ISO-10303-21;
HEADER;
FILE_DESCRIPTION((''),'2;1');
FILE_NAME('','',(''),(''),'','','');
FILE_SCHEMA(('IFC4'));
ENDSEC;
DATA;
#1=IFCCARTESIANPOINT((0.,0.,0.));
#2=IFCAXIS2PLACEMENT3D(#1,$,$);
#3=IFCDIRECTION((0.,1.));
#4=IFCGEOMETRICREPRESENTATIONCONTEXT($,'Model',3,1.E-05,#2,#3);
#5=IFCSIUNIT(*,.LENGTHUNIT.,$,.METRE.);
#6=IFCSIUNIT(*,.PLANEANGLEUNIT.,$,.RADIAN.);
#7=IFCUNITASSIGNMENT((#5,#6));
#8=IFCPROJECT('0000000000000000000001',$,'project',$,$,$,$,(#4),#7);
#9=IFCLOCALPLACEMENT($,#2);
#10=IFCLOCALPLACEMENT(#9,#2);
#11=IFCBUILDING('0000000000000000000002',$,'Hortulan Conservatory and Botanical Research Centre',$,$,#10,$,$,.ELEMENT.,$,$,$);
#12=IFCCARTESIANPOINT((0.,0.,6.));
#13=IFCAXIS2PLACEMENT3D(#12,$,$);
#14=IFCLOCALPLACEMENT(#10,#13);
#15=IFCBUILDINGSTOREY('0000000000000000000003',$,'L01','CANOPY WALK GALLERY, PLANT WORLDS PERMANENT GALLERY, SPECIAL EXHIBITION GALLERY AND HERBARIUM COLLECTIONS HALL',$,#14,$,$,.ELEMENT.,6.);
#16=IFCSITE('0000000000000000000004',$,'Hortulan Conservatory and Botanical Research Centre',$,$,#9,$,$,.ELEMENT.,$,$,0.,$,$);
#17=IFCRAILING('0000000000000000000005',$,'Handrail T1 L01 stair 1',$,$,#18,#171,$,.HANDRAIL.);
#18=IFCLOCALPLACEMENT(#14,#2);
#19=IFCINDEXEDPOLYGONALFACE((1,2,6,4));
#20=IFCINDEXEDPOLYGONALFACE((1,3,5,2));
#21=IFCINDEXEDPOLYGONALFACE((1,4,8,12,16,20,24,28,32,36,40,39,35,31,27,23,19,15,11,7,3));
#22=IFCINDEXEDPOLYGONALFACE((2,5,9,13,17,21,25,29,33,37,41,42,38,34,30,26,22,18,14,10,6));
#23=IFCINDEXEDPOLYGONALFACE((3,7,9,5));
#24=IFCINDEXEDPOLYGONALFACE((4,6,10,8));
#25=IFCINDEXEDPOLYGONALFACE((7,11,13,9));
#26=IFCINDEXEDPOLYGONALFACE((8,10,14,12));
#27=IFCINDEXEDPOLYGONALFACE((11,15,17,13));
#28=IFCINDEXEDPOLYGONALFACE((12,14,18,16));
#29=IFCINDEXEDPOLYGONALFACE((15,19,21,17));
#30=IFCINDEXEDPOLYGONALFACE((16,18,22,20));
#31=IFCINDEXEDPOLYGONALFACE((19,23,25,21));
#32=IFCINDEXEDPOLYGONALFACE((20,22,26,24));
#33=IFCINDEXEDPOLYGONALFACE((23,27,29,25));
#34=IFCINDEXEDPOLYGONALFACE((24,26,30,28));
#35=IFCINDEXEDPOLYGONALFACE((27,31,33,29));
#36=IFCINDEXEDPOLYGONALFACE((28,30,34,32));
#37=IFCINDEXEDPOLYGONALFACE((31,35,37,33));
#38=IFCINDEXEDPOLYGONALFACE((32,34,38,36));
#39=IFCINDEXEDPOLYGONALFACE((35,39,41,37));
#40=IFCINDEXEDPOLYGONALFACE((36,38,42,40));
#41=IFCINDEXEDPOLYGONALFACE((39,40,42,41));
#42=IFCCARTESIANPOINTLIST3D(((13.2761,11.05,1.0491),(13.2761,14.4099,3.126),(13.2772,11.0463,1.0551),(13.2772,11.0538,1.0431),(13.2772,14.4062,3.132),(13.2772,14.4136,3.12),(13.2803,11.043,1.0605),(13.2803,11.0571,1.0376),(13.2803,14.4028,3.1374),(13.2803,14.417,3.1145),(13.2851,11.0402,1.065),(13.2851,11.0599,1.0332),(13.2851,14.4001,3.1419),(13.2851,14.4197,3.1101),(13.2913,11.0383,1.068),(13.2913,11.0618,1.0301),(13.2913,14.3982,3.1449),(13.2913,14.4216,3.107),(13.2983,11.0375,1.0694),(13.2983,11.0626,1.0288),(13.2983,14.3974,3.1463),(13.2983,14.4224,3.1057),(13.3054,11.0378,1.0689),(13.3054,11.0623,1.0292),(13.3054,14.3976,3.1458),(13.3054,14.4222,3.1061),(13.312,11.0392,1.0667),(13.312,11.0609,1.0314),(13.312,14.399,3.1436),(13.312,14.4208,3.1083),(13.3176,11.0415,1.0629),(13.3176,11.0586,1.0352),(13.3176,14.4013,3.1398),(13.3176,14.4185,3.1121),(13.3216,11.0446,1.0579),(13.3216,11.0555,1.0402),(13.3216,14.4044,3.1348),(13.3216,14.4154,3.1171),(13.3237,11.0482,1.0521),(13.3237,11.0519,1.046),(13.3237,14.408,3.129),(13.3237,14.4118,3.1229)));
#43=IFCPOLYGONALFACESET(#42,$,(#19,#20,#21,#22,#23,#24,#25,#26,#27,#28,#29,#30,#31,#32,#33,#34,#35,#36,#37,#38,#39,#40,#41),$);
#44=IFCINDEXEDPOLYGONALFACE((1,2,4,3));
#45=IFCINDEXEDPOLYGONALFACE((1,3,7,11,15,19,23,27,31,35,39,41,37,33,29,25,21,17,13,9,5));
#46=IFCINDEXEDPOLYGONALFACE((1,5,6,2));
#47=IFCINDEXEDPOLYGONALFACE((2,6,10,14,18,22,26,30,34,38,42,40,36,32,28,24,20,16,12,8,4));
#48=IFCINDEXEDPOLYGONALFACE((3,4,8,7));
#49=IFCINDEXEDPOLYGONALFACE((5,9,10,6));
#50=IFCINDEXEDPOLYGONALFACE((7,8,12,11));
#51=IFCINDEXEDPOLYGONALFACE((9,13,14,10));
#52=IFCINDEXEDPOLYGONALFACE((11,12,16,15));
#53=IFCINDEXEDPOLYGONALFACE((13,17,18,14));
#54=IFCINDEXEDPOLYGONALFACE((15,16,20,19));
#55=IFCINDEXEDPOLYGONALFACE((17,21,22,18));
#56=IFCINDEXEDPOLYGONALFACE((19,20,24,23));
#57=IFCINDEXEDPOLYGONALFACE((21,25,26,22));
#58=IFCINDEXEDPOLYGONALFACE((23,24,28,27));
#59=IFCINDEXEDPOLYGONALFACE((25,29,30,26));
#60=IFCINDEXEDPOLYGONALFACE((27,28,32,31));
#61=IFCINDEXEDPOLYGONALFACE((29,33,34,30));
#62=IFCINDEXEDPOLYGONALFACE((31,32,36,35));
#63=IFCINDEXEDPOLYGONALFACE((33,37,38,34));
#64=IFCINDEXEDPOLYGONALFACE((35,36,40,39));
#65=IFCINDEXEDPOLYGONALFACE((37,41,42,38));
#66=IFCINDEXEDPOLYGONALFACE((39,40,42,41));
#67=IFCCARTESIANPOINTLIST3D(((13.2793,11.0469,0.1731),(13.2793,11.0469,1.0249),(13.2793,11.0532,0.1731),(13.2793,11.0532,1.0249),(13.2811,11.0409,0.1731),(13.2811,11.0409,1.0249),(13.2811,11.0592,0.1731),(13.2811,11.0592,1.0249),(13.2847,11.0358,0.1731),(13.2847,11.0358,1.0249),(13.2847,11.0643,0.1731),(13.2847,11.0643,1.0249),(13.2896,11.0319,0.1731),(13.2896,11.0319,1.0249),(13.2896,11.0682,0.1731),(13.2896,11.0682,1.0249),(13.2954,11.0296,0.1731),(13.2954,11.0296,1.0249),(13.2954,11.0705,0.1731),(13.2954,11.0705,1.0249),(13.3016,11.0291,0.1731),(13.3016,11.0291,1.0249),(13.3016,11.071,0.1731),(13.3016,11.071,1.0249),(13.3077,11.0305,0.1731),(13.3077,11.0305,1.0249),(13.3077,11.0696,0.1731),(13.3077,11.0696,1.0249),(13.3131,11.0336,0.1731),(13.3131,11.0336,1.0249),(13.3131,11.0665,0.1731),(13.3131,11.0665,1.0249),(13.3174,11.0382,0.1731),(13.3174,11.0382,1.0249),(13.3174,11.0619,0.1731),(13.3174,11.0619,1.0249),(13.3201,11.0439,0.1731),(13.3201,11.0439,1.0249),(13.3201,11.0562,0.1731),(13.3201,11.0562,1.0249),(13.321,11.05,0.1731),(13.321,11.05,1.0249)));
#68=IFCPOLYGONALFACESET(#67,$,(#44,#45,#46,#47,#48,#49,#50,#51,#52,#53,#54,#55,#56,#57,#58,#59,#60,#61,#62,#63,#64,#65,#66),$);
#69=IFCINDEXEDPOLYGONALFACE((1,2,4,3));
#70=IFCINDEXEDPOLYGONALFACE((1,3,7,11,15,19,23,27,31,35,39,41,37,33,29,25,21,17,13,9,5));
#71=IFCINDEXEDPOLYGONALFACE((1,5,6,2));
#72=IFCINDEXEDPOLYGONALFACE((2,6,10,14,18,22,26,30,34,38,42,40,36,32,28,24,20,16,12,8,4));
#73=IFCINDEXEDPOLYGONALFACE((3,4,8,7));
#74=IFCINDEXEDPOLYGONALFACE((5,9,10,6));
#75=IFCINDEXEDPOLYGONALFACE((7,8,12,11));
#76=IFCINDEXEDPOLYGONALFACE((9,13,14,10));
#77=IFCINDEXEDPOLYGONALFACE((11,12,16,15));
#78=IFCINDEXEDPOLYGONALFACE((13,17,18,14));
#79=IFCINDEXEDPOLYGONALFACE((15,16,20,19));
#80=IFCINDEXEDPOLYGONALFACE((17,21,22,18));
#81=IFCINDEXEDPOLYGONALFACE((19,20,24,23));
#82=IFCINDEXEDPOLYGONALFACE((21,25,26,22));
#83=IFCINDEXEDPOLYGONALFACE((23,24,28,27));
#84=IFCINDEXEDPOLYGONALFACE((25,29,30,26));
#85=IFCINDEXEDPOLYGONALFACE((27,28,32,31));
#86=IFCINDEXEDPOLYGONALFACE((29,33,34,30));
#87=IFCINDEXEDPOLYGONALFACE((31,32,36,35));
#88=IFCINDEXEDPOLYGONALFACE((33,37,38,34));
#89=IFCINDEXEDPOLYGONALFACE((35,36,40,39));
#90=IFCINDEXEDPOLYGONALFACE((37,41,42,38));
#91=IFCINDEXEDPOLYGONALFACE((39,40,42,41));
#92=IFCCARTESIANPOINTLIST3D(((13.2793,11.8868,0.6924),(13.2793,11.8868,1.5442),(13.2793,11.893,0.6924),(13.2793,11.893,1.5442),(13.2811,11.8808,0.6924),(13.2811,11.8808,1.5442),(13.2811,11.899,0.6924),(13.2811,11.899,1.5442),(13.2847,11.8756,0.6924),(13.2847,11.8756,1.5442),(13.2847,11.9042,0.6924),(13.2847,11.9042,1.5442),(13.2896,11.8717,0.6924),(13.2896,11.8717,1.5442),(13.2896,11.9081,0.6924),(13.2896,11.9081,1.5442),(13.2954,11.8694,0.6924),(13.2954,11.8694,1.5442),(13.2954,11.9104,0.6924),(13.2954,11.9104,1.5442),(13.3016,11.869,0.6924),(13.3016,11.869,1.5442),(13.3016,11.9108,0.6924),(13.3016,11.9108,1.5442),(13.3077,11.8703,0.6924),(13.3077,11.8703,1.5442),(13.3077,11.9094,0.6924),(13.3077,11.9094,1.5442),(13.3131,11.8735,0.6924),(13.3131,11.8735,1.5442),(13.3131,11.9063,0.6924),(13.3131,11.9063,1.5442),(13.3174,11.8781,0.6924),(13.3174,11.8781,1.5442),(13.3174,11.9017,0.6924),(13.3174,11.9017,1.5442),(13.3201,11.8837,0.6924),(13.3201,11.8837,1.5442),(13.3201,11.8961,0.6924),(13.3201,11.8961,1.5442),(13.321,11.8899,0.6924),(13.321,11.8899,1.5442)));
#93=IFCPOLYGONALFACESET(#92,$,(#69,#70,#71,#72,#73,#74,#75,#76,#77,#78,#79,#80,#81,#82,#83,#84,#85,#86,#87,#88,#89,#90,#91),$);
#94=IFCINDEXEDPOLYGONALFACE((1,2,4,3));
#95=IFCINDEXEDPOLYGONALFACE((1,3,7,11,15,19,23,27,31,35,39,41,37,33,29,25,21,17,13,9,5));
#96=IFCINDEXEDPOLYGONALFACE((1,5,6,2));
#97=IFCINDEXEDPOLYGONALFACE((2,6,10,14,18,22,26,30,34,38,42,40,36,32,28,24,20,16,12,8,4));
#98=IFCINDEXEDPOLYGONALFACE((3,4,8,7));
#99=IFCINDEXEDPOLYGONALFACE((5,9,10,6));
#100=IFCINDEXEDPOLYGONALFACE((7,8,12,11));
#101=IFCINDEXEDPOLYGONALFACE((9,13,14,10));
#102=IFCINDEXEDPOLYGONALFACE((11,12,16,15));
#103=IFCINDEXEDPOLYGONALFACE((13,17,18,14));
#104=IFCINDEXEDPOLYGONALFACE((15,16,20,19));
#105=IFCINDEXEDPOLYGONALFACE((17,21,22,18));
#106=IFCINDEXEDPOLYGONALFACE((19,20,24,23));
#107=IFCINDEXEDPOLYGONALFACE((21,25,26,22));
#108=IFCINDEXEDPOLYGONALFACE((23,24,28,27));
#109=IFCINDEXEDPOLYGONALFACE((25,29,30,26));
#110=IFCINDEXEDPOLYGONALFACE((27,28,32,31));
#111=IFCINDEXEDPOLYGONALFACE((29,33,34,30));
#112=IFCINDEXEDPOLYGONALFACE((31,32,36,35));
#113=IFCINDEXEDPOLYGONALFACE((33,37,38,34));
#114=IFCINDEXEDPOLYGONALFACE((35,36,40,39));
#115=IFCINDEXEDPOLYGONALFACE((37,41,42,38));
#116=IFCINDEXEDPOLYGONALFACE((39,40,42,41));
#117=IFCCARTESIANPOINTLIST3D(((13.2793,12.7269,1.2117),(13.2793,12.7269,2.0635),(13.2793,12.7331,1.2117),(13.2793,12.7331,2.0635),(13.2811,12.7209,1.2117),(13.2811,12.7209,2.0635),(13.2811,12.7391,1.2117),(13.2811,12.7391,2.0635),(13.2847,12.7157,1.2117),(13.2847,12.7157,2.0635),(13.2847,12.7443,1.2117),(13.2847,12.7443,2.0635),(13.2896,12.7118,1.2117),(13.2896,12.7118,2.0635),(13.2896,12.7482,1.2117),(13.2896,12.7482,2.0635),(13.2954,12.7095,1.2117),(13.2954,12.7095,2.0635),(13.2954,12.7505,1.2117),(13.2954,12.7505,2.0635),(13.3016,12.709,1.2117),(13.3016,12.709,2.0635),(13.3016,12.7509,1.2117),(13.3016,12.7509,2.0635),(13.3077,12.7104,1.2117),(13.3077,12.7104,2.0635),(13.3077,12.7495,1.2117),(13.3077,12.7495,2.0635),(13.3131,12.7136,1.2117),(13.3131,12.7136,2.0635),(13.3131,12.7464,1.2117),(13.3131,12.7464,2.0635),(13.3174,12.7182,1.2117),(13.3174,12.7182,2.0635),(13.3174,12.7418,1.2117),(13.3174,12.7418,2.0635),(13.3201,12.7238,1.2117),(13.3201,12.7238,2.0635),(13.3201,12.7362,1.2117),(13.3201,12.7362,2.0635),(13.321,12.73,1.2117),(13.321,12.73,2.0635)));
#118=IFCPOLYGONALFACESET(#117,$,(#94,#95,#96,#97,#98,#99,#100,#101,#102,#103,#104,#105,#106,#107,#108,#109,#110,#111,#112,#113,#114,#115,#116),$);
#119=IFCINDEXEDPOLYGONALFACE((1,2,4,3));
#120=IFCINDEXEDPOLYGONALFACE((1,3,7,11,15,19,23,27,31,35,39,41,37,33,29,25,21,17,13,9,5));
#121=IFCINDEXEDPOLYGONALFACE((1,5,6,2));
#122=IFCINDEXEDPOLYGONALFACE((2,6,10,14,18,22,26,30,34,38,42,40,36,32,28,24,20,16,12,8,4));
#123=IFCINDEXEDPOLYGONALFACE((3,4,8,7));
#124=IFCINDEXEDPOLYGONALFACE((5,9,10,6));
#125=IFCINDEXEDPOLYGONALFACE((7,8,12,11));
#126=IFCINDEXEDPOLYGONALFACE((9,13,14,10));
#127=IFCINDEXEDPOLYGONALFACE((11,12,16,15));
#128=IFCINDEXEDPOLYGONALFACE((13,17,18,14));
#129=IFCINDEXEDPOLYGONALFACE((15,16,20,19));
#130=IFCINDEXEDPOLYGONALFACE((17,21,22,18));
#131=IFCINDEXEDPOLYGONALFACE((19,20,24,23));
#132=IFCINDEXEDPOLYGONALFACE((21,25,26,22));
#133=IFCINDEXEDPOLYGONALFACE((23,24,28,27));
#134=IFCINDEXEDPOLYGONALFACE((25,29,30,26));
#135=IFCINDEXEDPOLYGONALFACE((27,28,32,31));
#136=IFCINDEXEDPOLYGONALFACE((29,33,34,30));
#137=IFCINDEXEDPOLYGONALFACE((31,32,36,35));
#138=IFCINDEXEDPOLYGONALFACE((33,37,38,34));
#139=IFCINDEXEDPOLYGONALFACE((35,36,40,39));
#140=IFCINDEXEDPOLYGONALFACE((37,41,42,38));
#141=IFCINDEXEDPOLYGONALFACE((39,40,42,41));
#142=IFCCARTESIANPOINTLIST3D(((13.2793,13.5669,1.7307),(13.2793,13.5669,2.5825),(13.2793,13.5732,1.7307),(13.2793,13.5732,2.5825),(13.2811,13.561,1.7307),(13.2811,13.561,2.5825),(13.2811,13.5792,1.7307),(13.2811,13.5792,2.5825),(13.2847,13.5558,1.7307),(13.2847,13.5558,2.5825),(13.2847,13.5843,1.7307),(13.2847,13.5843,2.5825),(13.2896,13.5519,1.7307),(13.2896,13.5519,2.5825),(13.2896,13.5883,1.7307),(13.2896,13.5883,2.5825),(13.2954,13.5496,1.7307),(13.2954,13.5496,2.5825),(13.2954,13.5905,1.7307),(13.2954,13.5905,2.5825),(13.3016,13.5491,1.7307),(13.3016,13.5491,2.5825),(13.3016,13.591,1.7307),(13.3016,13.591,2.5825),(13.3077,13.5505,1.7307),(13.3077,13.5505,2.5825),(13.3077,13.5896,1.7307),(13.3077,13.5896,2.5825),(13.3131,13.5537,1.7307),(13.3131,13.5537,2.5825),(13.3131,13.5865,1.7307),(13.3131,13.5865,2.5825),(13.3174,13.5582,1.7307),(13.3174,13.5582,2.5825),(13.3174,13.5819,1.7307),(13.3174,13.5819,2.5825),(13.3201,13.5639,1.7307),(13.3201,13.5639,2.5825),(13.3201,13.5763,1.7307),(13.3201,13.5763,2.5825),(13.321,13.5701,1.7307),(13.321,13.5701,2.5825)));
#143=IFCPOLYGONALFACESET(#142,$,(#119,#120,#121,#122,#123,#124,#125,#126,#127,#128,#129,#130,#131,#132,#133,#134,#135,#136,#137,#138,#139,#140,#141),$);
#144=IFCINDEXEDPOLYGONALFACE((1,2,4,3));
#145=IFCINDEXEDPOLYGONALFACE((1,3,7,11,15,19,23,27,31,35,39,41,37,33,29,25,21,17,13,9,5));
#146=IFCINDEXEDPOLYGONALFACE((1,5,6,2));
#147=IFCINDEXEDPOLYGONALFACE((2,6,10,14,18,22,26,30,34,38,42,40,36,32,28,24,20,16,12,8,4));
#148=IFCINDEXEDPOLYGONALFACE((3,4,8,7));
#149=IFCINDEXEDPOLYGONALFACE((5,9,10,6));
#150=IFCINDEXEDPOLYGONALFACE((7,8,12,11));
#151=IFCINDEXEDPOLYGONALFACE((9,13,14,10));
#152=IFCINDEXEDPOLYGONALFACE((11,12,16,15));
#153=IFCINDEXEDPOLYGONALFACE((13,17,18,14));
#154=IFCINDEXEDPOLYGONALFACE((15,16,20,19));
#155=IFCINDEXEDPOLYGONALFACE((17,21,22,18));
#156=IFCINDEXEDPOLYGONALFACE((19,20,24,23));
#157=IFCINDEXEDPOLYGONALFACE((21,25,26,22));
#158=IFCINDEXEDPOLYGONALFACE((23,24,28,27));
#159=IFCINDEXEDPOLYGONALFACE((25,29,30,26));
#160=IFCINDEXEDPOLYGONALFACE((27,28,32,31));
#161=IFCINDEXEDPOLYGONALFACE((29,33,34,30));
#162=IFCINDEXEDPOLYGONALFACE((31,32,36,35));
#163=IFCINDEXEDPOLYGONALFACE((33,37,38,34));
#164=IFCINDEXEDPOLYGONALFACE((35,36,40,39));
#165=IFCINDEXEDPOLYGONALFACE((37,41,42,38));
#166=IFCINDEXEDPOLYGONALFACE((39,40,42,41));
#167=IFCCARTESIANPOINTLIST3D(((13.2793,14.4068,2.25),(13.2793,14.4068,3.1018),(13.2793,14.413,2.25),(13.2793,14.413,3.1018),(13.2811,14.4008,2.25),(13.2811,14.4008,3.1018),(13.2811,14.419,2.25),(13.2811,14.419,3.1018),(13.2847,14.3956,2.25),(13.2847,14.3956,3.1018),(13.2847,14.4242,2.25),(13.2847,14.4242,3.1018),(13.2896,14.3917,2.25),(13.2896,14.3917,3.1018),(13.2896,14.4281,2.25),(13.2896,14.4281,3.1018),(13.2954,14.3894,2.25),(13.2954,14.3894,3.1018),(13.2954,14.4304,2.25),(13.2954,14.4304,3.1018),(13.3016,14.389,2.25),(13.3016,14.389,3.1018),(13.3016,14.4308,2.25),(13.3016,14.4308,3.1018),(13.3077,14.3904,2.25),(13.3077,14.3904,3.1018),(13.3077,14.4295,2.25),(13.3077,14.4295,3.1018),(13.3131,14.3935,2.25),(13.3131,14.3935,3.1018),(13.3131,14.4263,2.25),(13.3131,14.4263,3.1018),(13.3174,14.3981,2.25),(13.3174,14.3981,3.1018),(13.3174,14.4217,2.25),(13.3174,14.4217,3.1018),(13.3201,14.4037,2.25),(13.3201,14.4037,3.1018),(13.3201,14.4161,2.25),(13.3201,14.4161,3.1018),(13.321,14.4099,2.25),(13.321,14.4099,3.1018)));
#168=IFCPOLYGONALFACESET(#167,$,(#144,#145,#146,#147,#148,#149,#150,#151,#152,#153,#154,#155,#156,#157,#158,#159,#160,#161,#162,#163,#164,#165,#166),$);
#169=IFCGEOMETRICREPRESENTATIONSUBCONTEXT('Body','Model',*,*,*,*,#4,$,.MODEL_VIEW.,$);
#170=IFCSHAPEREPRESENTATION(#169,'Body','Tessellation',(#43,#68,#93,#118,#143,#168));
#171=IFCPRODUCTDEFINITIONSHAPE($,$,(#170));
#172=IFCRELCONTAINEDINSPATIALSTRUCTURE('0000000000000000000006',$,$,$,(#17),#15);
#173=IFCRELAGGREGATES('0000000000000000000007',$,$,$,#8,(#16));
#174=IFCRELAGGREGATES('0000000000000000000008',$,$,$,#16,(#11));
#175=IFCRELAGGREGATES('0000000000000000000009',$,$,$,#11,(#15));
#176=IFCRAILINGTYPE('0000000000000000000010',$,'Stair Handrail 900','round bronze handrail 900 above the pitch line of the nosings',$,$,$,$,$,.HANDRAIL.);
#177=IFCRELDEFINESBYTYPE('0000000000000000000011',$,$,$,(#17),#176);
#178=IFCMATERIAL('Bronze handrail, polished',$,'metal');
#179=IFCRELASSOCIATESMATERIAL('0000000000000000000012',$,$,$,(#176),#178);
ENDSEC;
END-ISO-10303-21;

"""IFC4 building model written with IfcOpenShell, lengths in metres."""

from ifc_helpers import new_model, si_unit, direction, frame, origin, origin_2d, place, context, subcontext, project, spatial, circle, extrude, material, type_object, element, save


model = new_model("IFC4")

# Units and contexts
model_context = context("Model", 3, precision=1e-05, world=origin(), true_north=direction((0.0, 1.0)))
body_context = subcontext(model_context, "Body", "Model", "MODEL_VIEW")
ifc_project = project(units=[si_unit("LENGTHUNIT", "METRE"), si_unit("PLANEANGLEUNIT", "RADIAN")], contexts=[model_context])

# Site, building, storey
site_placement = place(None, origin())
site = spatial("IfcSite", under=ifc_project, at=site_placement, Name="Hortulan Conservatory and Botanical Research Centre", CompositionType="ELEMENT", RefElevation=0.0)
building_placement = place(site_placement, origin())
building = spatial("IfcBuilding", under=site, at=building_placement, Name="Hortulan Conservatory and Botanical Research Centre", CompositionType="ELEMENT")
storey_placement = place(building_placement, frame((0.0, 0.0, 6.0)))
storey = spatial("IfcBuildingStorey", under=building, at=storey_placement, Name="L01", Description="CANOPY WALK GALLERY, PLANT WORLDS PERMANENT GALLERY, SPECIAL EXHIBITION GALLERY AND HERBARIUM COLLECTIONS HALL", CompositionType="ELEMENT", Elevation=6.0)

# Railing
ifc_material_1 = material(Name="Bronze handrail, polished", Category="metal")
railing_type_1 = type_object("IfcRailingType", Name="Stair Handrail 900", Description="round bronze handrail 900 above the pitch line of the nosings", PredefinedType="HANDRAIL", material=ifc_material_1)
railing_1_placement = place(storey_placement, frame((13.3, 11.05, 0.1731)))
element("IfcRailing", 1, at=railing_1_placement, inside=storey, type_object=railing_type_1, Name="Handrail T1 L01 stair 1", PredefinedType="HANDRAIL", context=body_context, shape_type="SweptSolid", body=[
    extrude(circle(Radius=0.0239, at=origin_2d()), frame((0.0, 0.0, 0.876), z_axis=(0.0, 0.850606, 0.525803), x_axis=(-1.0, 0.0, 0.0)), (0.0, 0.0, 1.0), 3.95),
    extrude(circle(Radius=0.021, at=origin_2d()), origin(), (0.0, 0.0, 1.0), 0.8518),
    extrude(circle(Radius=0.021, at=origin_2d()), frame((0.0, 0.8398, 0.5193)), (0.0, 0.0, 1.0), 0.8518),
    extrude(circle(Radius=0.021, at=origin_2d()), frame((0.0, 1.6799, 1.0386)), (0.0, 0.0, 1.0), 0.8518),
    extrude(circle(Radius=0.021, at=origin_2d()), frame((0.0, 2.52, 1.5576)), (0.0, 0.0, 1.0), 0.8518),
    extrude(circle(Radius=0.021, at=origin_2d()), frame((0.0, 3.3599, 2.0769)), (0.0, 0.0, 1.0), 0.8518),
])

save(model, "model.ifc")
